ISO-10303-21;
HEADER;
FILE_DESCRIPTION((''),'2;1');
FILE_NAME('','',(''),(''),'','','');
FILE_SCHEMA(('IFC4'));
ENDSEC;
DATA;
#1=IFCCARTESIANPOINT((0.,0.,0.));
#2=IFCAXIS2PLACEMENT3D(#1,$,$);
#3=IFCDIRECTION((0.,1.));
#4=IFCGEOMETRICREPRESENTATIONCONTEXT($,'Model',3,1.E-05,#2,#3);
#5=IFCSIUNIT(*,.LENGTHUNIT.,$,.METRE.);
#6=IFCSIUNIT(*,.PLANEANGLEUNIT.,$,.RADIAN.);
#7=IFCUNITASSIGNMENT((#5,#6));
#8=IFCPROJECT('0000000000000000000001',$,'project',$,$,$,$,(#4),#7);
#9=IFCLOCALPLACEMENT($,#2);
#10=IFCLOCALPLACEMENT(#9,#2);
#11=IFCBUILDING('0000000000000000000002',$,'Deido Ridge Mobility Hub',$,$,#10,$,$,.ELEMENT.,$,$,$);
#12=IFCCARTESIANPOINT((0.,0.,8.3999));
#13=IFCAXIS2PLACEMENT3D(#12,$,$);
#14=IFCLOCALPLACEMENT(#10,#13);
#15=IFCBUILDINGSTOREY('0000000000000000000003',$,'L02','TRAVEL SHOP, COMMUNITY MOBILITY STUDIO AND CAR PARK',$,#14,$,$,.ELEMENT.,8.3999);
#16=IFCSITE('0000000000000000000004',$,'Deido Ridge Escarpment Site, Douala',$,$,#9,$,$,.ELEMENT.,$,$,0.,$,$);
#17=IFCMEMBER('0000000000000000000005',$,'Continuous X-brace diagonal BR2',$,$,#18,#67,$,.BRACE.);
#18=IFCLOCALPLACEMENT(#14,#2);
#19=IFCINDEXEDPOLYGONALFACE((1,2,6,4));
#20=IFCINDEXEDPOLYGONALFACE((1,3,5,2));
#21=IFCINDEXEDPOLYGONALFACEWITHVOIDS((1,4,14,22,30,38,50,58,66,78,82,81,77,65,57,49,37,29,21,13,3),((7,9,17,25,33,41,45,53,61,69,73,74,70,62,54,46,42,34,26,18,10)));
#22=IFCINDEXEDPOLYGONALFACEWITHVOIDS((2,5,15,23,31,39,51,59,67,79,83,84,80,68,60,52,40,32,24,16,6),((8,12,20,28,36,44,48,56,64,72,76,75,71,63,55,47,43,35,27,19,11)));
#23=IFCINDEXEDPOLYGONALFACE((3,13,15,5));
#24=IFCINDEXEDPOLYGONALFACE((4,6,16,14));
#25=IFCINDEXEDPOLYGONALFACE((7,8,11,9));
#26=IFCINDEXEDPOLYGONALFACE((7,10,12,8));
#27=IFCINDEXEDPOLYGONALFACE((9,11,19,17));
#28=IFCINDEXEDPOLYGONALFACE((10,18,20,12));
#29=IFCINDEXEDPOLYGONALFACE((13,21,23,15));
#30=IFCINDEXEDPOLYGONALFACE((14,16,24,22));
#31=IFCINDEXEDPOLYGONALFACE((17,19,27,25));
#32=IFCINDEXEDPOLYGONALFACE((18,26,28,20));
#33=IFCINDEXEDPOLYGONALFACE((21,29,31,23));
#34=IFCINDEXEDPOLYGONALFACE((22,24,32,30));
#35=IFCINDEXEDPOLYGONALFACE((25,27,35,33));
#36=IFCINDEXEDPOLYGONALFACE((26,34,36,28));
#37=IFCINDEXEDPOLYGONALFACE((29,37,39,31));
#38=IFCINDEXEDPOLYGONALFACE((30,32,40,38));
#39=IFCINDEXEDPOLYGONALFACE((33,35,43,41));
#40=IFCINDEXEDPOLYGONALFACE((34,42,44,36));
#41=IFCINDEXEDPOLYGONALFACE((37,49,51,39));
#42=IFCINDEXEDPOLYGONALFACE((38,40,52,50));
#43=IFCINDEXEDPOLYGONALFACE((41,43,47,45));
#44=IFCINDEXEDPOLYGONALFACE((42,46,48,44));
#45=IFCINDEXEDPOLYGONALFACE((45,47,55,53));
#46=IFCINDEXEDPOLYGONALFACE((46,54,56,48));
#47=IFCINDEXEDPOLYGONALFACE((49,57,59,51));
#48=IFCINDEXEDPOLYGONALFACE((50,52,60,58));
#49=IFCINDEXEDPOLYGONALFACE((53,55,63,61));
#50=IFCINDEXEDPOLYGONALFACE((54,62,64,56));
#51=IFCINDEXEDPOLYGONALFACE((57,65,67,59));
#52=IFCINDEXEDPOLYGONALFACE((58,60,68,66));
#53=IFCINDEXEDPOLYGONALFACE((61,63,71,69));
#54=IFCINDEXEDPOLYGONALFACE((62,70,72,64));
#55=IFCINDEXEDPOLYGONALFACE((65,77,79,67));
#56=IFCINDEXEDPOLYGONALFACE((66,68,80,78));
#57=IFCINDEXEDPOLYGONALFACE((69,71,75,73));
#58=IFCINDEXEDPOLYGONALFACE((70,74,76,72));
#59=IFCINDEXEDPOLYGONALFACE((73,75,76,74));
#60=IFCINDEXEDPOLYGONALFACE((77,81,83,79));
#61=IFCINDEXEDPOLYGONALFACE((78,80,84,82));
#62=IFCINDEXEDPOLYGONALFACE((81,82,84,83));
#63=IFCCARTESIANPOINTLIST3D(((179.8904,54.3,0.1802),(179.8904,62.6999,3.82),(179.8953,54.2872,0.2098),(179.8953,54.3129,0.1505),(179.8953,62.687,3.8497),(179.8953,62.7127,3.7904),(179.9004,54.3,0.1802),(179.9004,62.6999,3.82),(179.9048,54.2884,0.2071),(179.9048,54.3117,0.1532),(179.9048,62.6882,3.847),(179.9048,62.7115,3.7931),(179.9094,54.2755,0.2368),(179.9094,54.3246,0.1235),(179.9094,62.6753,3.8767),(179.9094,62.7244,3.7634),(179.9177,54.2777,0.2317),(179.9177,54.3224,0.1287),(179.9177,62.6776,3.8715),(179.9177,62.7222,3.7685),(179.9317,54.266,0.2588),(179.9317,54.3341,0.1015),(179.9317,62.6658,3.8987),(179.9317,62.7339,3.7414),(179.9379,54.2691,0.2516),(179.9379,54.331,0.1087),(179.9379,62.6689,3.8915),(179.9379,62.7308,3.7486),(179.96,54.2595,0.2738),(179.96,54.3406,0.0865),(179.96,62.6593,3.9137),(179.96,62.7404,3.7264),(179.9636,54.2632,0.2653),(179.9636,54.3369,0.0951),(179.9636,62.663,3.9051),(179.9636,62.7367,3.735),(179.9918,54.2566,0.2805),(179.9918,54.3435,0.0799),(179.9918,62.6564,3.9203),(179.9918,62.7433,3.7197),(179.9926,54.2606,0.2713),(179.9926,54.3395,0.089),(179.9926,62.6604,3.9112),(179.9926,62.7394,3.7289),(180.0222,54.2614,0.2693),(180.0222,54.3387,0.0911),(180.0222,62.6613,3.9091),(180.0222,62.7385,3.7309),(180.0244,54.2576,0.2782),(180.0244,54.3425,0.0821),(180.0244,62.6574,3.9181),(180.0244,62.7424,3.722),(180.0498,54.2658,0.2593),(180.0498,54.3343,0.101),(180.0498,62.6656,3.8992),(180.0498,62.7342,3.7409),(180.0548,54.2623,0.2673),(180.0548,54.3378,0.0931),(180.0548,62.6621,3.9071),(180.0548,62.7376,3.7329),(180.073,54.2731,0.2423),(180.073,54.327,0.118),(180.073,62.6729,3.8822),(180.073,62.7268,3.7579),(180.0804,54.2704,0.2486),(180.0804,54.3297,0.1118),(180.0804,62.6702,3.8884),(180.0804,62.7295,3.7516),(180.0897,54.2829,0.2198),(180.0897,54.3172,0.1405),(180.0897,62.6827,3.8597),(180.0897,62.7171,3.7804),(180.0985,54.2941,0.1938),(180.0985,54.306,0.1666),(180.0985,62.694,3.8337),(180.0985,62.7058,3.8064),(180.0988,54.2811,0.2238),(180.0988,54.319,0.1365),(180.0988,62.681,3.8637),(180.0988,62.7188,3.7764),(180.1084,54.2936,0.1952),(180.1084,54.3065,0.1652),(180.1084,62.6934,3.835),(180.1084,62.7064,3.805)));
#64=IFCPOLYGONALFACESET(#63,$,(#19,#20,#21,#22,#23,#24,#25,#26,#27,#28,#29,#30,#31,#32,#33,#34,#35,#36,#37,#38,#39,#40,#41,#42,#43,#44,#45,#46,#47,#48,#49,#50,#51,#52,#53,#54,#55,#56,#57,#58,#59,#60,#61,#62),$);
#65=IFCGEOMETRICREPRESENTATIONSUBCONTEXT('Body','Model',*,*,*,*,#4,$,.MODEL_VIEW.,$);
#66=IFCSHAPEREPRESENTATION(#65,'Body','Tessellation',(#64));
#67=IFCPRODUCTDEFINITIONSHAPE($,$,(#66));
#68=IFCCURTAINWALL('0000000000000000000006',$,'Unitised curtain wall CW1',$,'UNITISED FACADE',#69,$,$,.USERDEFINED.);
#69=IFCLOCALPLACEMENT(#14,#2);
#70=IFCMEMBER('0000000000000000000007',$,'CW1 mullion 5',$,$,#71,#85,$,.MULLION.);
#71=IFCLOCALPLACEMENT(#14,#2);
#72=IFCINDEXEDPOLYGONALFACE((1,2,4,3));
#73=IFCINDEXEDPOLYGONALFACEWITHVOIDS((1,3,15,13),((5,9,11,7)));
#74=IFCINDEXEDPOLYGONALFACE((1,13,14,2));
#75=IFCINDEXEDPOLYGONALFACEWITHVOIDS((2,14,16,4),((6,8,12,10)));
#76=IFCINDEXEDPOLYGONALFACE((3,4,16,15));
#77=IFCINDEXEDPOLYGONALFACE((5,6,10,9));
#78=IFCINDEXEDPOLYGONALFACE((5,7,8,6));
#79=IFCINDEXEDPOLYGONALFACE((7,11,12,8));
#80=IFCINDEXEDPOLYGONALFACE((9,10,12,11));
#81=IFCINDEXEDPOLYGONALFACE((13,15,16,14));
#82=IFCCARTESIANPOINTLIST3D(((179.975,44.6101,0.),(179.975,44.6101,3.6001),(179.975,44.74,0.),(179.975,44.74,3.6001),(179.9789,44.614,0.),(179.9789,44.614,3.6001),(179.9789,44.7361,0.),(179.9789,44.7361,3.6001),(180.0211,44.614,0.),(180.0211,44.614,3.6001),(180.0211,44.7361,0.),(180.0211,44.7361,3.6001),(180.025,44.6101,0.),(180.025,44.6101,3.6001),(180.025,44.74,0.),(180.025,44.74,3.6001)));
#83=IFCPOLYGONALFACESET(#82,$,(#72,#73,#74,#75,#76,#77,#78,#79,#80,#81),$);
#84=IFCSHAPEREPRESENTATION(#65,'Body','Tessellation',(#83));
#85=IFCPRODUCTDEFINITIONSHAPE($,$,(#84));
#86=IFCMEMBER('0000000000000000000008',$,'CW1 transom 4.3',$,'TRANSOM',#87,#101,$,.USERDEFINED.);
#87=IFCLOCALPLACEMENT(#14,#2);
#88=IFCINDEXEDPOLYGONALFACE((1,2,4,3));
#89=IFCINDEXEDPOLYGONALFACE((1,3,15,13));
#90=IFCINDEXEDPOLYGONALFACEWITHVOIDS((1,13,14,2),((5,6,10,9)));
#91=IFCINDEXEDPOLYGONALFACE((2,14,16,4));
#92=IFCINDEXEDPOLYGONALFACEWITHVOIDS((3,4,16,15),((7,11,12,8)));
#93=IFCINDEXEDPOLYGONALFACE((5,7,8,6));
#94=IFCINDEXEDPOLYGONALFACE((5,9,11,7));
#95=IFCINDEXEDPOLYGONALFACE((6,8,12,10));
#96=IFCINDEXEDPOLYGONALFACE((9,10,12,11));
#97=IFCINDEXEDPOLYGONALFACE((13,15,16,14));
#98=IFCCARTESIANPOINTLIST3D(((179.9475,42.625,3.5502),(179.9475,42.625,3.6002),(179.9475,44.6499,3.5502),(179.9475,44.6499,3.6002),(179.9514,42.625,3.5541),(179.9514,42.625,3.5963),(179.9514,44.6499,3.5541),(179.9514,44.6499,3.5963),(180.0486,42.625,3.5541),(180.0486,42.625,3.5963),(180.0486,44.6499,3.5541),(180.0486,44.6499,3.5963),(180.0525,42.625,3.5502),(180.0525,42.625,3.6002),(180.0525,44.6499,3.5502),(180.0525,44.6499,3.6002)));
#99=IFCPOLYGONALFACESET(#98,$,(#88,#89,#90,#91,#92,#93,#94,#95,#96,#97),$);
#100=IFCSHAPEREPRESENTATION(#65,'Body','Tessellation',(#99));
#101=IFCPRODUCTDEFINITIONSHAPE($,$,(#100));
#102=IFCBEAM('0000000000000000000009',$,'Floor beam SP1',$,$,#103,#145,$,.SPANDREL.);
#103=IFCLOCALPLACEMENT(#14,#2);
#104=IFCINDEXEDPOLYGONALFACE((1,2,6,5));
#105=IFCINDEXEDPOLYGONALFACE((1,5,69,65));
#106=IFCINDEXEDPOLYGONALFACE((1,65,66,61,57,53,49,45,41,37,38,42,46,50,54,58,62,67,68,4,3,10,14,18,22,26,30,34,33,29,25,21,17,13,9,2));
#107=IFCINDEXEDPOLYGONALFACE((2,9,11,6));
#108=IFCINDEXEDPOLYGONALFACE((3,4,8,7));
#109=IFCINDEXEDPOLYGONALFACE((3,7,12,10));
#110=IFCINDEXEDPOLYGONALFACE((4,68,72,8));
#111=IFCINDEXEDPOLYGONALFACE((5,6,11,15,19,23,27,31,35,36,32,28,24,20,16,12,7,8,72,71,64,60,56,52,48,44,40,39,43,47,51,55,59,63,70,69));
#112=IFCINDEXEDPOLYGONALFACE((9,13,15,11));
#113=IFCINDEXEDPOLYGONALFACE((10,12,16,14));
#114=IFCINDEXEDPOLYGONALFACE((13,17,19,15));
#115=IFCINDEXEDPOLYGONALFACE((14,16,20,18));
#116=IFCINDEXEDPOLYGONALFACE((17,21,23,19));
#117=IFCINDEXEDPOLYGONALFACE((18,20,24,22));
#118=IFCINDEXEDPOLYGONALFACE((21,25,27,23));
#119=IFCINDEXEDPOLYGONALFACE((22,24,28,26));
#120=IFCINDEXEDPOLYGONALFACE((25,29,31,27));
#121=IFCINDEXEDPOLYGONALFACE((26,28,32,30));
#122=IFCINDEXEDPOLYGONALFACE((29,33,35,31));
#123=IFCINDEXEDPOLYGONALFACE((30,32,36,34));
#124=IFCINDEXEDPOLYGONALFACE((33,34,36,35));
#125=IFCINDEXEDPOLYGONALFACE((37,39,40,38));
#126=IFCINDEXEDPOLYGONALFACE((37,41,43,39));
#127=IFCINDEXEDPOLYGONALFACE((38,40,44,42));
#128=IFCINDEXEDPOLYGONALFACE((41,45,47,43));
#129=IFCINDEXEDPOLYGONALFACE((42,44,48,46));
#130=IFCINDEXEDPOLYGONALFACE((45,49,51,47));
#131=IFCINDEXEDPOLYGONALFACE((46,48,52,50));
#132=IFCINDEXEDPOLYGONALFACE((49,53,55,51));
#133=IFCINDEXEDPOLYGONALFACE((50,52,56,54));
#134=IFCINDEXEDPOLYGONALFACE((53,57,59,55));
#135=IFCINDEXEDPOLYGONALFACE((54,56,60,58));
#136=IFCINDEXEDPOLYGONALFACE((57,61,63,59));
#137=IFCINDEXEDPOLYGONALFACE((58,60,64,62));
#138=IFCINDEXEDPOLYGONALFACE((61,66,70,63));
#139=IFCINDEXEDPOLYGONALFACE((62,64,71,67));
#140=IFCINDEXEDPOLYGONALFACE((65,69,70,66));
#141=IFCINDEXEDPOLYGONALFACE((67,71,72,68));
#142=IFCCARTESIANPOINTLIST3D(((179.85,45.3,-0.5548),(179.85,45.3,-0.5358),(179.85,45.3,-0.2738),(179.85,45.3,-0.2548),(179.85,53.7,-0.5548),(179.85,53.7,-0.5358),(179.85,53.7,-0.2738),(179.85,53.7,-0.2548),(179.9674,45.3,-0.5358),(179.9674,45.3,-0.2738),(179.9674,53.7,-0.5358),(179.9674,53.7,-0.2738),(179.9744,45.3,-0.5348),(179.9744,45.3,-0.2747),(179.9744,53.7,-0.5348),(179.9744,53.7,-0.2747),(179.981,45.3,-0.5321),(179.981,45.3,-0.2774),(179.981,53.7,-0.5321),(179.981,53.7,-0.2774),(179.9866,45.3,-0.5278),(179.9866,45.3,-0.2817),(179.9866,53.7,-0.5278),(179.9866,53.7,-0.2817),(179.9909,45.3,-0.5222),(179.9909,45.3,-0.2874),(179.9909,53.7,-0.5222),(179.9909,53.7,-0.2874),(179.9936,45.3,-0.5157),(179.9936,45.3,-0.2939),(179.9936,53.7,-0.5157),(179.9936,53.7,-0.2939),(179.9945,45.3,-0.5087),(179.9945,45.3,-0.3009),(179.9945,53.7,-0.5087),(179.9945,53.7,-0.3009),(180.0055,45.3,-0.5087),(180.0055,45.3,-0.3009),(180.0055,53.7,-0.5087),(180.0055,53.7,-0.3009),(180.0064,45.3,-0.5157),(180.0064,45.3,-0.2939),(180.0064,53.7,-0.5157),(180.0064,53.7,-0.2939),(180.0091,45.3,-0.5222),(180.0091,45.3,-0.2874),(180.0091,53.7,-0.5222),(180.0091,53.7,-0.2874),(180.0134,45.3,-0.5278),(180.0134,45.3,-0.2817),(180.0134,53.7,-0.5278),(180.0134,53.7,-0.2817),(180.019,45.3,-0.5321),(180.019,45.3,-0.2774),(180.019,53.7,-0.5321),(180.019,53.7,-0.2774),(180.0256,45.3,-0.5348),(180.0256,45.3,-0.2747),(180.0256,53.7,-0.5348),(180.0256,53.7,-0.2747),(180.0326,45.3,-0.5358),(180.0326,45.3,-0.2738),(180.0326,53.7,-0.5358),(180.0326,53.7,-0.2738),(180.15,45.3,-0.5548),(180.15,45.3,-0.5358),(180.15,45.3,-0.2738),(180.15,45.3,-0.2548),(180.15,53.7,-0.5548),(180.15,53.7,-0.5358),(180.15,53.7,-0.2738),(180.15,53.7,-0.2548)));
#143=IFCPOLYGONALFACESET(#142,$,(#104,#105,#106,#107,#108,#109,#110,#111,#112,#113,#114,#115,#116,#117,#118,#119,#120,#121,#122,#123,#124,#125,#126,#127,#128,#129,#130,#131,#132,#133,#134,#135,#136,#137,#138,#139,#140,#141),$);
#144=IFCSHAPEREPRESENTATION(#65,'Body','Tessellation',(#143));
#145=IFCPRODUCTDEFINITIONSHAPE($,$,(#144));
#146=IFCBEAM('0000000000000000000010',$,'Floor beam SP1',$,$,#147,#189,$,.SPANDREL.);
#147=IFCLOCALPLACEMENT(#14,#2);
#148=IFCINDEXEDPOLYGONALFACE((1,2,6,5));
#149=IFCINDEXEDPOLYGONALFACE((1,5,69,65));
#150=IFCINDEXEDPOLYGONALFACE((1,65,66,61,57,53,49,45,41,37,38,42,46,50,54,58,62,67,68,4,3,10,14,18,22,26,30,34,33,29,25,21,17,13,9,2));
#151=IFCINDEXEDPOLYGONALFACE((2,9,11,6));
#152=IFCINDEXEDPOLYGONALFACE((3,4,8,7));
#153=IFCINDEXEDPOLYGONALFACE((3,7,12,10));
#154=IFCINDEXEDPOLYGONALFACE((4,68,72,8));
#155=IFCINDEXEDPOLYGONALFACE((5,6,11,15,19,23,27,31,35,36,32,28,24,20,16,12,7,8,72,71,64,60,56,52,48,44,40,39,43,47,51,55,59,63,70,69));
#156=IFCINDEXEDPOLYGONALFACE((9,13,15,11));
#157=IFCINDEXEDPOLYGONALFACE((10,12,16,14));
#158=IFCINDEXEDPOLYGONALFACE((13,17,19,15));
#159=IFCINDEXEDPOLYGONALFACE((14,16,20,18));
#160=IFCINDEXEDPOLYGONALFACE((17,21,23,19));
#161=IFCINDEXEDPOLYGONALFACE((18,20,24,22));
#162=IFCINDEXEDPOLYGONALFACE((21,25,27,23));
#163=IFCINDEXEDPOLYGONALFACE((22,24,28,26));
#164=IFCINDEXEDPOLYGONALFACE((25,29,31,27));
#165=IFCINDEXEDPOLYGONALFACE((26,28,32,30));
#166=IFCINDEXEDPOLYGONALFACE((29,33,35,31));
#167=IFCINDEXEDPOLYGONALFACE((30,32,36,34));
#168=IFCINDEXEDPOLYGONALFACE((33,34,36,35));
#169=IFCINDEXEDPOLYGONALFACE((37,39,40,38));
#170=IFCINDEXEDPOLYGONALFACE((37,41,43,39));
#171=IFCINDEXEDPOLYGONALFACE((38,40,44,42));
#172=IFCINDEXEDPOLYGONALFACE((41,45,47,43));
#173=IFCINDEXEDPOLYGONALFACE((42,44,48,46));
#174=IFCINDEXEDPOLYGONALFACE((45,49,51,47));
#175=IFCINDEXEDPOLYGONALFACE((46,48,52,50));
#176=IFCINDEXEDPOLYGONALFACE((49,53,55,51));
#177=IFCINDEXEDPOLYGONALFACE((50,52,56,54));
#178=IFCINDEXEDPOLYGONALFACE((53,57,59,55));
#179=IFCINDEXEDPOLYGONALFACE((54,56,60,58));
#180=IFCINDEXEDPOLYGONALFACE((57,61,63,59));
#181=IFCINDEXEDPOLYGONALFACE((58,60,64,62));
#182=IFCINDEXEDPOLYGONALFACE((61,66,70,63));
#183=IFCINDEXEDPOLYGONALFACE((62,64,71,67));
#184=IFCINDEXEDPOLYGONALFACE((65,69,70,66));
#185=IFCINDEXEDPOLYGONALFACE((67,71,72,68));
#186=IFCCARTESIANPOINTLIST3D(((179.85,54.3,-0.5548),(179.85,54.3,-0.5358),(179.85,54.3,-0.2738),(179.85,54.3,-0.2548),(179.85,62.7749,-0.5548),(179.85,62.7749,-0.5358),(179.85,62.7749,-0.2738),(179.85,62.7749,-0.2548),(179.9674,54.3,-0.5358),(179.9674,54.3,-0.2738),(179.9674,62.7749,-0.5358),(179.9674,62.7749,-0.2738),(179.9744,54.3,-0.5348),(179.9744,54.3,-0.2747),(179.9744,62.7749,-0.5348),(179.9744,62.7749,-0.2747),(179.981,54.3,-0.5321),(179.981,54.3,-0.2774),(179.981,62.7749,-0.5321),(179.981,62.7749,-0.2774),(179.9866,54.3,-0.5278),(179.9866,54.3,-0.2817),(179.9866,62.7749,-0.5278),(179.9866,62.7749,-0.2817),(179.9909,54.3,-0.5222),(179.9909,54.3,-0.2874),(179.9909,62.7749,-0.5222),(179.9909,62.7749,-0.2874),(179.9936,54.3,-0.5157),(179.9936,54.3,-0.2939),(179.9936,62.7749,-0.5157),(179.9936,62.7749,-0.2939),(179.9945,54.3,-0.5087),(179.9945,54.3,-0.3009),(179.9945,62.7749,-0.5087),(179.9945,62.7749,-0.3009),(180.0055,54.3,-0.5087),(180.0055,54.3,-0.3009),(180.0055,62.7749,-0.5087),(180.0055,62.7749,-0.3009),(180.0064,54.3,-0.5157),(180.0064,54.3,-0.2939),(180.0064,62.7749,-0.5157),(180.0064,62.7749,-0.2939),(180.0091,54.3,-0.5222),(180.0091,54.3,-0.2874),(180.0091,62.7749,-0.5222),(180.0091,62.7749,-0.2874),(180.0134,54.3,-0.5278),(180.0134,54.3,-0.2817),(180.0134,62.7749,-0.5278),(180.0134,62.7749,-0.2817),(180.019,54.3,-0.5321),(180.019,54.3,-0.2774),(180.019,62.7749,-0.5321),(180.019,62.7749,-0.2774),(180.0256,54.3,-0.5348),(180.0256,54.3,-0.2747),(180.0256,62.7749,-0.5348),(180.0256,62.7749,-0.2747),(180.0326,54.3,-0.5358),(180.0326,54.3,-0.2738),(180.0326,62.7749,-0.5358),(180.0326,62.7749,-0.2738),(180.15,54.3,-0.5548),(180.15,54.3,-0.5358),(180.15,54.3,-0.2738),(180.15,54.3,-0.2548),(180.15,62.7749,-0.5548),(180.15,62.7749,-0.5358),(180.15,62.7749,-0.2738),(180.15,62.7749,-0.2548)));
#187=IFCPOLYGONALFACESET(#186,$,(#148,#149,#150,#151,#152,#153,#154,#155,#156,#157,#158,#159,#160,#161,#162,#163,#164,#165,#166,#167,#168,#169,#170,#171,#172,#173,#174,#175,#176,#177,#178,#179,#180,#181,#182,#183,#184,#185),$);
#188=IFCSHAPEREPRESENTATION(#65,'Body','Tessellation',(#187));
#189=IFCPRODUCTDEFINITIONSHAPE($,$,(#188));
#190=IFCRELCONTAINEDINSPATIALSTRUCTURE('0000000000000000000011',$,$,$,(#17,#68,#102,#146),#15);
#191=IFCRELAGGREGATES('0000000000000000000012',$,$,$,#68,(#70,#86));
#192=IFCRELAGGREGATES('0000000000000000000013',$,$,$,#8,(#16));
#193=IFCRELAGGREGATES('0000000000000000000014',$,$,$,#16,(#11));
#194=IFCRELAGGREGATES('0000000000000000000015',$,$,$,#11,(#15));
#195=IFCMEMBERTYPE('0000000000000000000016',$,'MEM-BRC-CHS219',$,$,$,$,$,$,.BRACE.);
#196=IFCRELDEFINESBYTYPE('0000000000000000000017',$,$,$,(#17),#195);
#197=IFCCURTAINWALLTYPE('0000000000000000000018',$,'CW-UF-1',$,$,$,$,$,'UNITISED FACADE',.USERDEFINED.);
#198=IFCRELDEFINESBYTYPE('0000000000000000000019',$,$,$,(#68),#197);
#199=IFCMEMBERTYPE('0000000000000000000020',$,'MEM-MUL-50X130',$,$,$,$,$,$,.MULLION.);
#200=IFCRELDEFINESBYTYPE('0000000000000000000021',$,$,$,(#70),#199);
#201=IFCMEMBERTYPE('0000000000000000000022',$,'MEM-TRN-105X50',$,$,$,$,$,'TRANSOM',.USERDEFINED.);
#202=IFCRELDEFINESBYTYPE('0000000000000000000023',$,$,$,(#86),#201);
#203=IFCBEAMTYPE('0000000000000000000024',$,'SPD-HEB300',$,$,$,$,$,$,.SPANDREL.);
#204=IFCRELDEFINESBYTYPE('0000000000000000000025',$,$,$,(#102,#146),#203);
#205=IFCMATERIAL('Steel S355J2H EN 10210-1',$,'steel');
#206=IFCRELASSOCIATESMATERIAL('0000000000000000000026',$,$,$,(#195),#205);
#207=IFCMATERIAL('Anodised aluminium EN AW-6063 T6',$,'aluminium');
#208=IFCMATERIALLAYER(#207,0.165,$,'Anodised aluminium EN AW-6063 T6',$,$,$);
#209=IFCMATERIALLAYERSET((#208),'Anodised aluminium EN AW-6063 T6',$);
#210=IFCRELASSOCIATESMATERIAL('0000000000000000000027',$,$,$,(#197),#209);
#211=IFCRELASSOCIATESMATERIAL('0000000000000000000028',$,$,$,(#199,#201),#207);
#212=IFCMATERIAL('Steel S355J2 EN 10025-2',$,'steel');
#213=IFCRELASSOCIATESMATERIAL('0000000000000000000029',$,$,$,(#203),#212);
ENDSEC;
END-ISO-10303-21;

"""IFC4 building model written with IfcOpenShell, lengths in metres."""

from ifc_helpers import new_model, si_unit, direction, frame, origin, origin_2d, place, context, subcontext, project, spatial, hollow_rectangle, hollow_circle, i_section, extrude, material, layer, layer_set, material_profile, profile_set, type_object, element, aggregate, save


model = new_model("IFC4")

# Units and contexts
model_context = context("Model", 3, precision=1e-05, world=origin(), true_north=direction((0.0, 1.0)))
body_context = subcontext(model_context, "Body", "Model", "MODEL_VIEW")
ifc_project = project(units=[si_unit("LENGTHUNIT", "METRE"), si_unit("PLANEANGLEUNIT", "RADIAN")], contexts=[model_context])

# Site, building, storey
site_placement = place(None, origin())
site = spatial("IfcSite", under=ifc_project, at=site_placement, Name="Deido Ridge Escarpment Site, Douala", CompositionType="ELEMENT", RefElevation=0.0)
building_placement = place(site_placement, origin())
building = spatial("IfcBuilding", under=site, at=building_placement, Name="Deido Ridge Mobility Hub", CompositionType="ELEMENT")
storey_placement = place(building_placement, frame((0.0, 0.0, 8.3999)))
storey = spatial("IfcBuildingStorey", under=building, at=storey_placement, Name="L02", Description="TRAVEL SHOP, COMMUNITY MOBILITY STUDIO AND CAR PARK", CompositionType="ELEMENT", Elevation=8.3999)

# Shared definitions
ifc_material_1 = material(Name="Steel S355J2 EN 10025-2", Category="steel")

# Member
ifc_material_2 = material(Name="Steel S355J2H EN 10210-1", Category="steel")
ifc_material_profile_1 = material_profile(ifc_material_2, hollow_circle(Radius=0.1096, WallThickness=0.01, at=origin_2d()), Name="CHS 219.1x10")
ifc_profile_set_1 = profile_set([ifc_material_profile_1], Name="Steel S355J2H EN 10210-1")
member_type_1 = type_object("IfcMemberType", Name="MEM-BRC-CHS219", PredefinedType="BRACE", material=ifc_profile_set_1)
member_1_placement = place(storey_placement, frame((180.0, 54.3, 0.1802), z_axis=(0.0, 0.917558, 0.397601), x_axis=(-1.0, 0.0, 0.0)))
element("IfcMember", 1, at=member_1_placement, inside=storey, type_object=member_type_1, Name="Continuous X-brace diagonal BR2", PredefinedType="BRACE", context=body_context, shape_type="SweptSolid", body=[
    extrude(hollow_circle(Radius=0.1096, WallThickness=0.01, at=origin_2d()), origin(), (0.0, 0.0, 1.0), 9.1545),
])

# Curtain wall, members
ifc_material_3 = material(Name="Anodised aluminium EN AW-6063 T6", Category="aluminium")
ifc_layer_1 = layer(ifc_material_3, 0.165, Name="Anodised aluminium EN AW-6063 T6")
ifc_layer_set_1 = layer_set([ifc_layer_1], Name="Anodised aluminium EN AW-6063 T6")
curtain_wall_type = type_object("IfcCurtainWallType", Name="CW-UF-1", ElementType="UNITISED FACADE", PredefinedType="USERDEFINED", material=ifc_layer_set_1)
curtain_wall_placement = place(storey_placement, origin())
curtain_wall = element("IfcCurtainWall", 2, at=curtain_wall_placement, inside=storey, type_object=curtain_wall_type, Name="Unitised curtain wall CW1", ObjectType="UNITISED FACADE", PredefinedType="USERDEFINED")
ifc_material_profile_2 = material_profile(ifc_material_3, hollow_rectangle(XDim=0.05, YDim=0.1299, WallThickness=0.0039, at=origin_2d()), Name="RHS 50x130x4")
ifc_profile_set_2 = profile_set([ifc_material_profile_2], Name="Anodised aluminium EN AW-6063 T6")
member_type_2 = type_object("IfcMemberType", Name="MEM-MUL-50X130", PredefinedType="MULLION", material=ifc_profile_set_2)
member_2_placement = place(storey_placement, frame((180.0, 44.675, 0.0), z_axis=(0.0, 0.0, 1.0), x_axis=(-1.0, 0.0, 0.0)))
member_2 = element("IfcMember", 3, at=member_2_placement, type_object=member_type_2, Name="CW1 mullion 5", PredefinedType="MULLION", context=body_context, shape_type="SweptSolid", body=[
    extrude(hollow_rectangle(XDim=0.05, YDim=0.1299, WallThickness=0.0039, at=origin_2d()), origin(), (0.0, 0.0, 1.0), 3.6001),
])
ifc_material_profile_3 = material_profile(ifc_material_3, hollow_rectangle(XDim=0.105, YDim=0.05, WallThickness=0.0039, at=origin_2d()), Name="RHS 105x50x4")
ifc_profile_set_3 = profile_set([ifc_material_profile_3], Name="Anodised aluminium EN AW-6063 T6")
member_type_3 = type_object("IfcMemberType", Name="MEM-TRN-105X50", ElementType="TRANSOM", PredefinedType="USERDEFINED", material=ifc_profile_set_3)
member_3_placement = place(storey_placement, frame((180.0, 42.625, 3.5752), z_axis=(0.0, 1.0, 0.0), x_axis=(-1.0, 0.0, 0.0)))
member_3 = element("IfcMember", 4, at=member_3_placement, type_object=member_type_3, Name="CW1 transom 4.3", ObjectType="TRANSOM", PredefinedType="USERDEFINED", context=body_context, shape_type="SweptSolid", body=[
    extrude(hollow_rectangle(XDim=0.105, YDim=0.05, WallThickness=0.0039, at=origin_2d()), origin(), (0.0, 0.0, 1.0), 2.0249),
])

# Beams
ifc_material_profile_4 = material_profile(ifc_material_1, i_section(OverallWidth=0.3, OverallDepth=0.3, WebThickness=0.011, FlangeThickness=0.019, FilletRadius=0.0271, at=origin_2d()), Name="HEB 300")
ifc_profile_set_4 = profile_set([ifc_material_profile_4], Name="Steel S355J2 EN 10025-2")
beam_type_1 = type_object("IfcBeamType", Name="SPD-HEB300", PredefinedType="SPANDREL", material=ifc_profile_set_4)
beam_1_placement = place(storey_placement, frame((180.0, 45.3, -0.4048), z_axis=(0.0, 1.0, 0.0), x_axis=(-1.0, 0.0, 0.0)))
element("IfcBeam", 5, at=beam_1_placement, inside=storey, type_object=beam_type_1, Name="Floor beam SP1", PredefinedType="SPANDREL", context=body_context, shape_type="SweptSolid", body=[
    extrude(i_section(OverallWidth=0.3, OverallDepth=0.3, WebThickness=0.011, FlangeThickness=0.019, FilletRadius=0.0271, at=origin_2d()), origin(), (0.0, 0.0, 1.0), 8.3999),
])
beam_2_placement = place(storey_placement, frame((180.0, 54.3, -0.4048), z_axis=(0.0, 1.0, 0.0), x_axis=(-1.0, 0.0, 0.0)))
element("IfcBeam", 6, at=beam_2_placement, inside=storey, type_object=beam_type_1, Name="Floor beam SP1", PredefinedType="SPANDREL", context=body_context, shape_type="SweptSolid", body=[
    extrude(i_section(OverallWidth=0.3, OverallDepth=0.3, WebThickness=0.011, FlangeThickness=0.019, FilletRadius=0.0271, at=origin_2d()), origin(), (0.0, 0.0, 1.0), 8.4749),
])

aggregate(curtain_wall, [member_2, member_3])

save(model, "model.ifc")
